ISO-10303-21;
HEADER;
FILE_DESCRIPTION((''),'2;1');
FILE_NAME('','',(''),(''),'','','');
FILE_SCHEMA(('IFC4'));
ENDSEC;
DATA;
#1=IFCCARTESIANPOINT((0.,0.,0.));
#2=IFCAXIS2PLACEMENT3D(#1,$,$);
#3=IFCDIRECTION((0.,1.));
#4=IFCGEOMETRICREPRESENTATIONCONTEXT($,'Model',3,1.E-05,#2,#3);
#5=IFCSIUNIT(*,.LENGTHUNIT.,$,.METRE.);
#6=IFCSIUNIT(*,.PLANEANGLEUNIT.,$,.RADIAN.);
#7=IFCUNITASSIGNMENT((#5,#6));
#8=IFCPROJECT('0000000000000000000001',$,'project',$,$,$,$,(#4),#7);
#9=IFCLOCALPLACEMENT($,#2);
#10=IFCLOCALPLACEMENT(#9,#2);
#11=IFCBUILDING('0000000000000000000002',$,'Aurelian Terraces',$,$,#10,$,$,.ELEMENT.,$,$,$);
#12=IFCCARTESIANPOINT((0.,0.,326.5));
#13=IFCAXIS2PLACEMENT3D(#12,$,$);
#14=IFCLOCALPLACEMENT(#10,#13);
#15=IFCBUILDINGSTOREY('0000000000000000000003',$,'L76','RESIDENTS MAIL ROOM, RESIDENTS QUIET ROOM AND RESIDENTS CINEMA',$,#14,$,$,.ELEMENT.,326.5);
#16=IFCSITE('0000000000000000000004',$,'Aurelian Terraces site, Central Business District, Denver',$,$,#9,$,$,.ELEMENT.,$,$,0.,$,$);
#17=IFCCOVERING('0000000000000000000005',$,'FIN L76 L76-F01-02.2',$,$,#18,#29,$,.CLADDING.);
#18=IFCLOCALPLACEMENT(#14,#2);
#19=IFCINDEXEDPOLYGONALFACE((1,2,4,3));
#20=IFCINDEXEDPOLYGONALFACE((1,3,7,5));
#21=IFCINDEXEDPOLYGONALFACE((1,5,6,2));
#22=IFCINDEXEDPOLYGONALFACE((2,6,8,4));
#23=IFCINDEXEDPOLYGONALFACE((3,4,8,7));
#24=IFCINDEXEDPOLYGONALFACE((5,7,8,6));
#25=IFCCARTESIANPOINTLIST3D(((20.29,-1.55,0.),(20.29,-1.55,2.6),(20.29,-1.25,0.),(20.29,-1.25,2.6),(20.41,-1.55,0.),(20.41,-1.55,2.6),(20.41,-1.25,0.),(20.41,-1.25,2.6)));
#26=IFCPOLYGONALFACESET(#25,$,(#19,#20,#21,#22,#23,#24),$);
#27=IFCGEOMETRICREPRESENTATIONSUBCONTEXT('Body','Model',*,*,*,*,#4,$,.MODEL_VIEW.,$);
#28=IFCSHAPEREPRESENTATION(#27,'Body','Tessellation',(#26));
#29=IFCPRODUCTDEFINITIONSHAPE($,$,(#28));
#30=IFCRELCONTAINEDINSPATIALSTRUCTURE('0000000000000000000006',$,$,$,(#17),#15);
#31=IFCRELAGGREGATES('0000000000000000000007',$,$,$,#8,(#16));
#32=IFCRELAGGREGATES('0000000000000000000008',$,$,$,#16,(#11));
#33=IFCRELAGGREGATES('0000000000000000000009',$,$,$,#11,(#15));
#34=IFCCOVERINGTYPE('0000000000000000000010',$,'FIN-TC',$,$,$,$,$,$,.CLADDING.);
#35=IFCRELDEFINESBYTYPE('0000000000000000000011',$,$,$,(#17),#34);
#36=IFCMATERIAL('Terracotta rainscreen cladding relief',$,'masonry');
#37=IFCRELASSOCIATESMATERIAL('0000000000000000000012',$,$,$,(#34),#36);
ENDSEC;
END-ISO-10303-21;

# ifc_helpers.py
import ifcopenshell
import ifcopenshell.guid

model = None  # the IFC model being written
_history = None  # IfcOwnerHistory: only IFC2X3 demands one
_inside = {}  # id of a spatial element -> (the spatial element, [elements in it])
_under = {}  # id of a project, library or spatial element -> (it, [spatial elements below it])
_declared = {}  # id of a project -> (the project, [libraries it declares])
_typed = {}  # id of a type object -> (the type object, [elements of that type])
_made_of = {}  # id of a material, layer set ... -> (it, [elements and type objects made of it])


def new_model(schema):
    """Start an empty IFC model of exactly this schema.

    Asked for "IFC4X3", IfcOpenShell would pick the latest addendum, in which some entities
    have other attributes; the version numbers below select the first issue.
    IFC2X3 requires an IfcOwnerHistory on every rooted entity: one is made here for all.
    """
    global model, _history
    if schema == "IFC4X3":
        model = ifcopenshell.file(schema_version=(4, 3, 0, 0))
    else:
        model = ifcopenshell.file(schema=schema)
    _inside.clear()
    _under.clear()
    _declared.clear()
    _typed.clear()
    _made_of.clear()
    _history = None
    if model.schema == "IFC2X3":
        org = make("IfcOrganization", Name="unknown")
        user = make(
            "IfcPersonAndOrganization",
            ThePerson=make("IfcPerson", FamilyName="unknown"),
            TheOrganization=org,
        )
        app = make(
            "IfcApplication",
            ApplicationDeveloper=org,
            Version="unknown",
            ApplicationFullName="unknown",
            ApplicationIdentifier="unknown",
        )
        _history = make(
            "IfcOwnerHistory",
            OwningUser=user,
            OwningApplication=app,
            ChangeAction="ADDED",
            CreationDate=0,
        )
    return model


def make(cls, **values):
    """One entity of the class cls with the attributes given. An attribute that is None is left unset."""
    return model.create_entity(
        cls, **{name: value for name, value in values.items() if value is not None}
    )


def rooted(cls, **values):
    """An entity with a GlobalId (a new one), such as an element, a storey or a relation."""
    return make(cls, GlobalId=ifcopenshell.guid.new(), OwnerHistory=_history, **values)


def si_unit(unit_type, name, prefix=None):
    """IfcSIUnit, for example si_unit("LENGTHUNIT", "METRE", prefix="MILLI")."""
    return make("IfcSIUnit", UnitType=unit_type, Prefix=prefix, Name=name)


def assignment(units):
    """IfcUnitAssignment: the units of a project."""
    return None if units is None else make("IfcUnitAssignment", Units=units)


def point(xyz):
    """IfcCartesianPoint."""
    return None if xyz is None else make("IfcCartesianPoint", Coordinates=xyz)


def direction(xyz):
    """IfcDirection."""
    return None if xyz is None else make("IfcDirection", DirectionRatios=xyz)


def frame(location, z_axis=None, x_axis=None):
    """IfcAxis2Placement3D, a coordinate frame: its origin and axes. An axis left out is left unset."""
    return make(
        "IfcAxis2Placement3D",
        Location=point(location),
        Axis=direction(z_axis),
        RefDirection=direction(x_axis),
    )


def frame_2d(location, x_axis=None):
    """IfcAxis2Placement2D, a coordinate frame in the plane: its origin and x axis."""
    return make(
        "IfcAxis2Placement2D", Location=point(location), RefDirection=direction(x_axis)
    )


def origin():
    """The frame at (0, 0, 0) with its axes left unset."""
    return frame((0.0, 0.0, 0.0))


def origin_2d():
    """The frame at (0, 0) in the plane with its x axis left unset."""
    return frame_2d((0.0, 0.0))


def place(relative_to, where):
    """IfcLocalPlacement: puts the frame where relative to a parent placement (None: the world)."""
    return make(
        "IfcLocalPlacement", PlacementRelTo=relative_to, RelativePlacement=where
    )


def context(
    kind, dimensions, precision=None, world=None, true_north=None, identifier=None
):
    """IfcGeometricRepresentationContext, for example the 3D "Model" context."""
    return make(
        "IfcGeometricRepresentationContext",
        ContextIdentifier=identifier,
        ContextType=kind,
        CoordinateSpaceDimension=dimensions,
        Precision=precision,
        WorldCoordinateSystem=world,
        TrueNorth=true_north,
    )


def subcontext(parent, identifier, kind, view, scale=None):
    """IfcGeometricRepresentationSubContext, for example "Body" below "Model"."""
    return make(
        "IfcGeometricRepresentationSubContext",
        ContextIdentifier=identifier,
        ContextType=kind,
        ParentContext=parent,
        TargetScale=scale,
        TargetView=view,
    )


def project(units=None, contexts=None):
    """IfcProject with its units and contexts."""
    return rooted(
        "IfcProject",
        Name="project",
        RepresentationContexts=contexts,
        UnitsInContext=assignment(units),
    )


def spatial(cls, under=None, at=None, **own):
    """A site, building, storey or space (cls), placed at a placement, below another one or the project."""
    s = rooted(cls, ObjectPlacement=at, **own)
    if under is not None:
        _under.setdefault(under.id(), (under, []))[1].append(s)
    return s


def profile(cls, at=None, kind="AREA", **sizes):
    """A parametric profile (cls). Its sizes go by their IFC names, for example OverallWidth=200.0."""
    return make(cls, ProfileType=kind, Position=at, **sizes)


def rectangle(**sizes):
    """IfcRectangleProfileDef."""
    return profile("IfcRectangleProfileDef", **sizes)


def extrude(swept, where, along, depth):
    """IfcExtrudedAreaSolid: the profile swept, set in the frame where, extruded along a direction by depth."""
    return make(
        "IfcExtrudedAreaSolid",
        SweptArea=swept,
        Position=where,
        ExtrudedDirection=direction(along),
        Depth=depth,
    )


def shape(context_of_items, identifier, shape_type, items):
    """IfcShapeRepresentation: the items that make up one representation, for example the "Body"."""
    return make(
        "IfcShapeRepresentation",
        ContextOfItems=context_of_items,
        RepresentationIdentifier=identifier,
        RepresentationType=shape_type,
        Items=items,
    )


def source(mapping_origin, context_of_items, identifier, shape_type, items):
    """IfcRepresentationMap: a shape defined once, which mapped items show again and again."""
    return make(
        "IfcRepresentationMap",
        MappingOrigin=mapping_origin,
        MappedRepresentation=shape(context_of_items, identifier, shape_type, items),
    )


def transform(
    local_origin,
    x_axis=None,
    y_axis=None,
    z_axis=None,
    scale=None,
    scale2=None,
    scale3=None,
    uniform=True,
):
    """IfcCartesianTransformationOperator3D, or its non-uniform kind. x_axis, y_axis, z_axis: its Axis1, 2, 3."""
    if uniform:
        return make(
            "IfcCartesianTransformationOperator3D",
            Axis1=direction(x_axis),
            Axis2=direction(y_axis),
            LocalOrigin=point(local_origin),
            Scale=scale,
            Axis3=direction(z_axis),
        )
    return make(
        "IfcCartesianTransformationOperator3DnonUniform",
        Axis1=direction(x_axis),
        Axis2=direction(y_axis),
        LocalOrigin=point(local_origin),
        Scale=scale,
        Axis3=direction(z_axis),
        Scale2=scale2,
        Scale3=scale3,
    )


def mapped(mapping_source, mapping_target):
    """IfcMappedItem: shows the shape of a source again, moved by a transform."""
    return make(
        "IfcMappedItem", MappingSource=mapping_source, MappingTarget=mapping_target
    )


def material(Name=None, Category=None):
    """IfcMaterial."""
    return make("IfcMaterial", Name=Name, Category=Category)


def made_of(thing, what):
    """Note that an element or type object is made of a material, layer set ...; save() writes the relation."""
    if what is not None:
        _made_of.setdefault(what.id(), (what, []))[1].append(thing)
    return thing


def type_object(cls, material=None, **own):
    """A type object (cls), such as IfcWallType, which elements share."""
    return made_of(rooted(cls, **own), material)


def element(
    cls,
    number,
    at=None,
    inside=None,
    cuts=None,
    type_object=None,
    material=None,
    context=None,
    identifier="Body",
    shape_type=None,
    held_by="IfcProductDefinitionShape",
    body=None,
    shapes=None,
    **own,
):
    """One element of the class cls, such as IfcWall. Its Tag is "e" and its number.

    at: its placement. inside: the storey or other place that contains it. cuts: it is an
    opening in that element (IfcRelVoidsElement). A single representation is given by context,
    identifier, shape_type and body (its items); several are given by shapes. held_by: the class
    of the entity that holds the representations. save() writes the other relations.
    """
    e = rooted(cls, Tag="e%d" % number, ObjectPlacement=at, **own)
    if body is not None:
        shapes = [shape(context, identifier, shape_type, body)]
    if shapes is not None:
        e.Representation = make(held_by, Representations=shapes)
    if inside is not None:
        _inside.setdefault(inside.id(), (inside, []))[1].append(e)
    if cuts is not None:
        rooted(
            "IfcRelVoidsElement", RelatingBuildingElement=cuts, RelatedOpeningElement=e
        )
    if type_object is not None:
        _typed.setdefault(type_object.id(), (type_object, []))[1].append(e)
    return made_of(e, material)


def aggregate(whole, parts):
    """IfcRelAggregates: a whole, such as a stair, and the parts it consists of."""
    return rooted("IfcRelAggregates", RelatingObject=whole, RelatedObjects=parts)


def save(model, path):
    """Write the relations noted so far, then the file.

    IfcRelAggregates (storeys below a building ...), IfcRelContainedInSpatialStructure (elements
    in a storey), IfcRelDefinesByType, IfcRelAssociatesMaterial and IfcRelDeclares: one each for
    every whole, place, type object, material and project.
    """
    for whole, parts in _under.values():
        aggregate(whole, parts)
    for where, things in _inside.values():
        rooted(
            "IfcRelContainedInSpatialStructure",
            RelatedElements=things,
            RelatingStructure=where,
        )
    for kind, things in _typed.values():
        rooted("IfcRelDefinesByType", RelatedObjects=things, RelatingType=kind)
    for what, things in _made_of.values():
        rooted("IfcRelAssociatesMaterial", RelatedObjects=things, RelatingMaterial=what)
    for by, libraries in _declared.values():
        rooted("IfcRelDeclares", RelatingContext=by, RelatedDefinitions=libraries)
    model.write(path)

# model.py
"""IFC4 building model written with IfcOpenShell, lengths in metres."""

from ifc_helpers import new_model, si_unit, direction, frame, origin, origin_2d, place, context, subcontext, project, spatial, rectangle, extrude, source, transform, mapped, material, type_object, element, save


model = new_model("IFC4")

# Units and contexts
model_context = context("Model", 3, precision=1e-05, world=origin(), true_north=direction((0.0, 1.0)))
body_context = subcontext(model_context, "Body", "Model", "MODEL_VIEW")
ifc_project = project(units=[si_unit("LENGTHUNIT", "METRE"), si_unit("PLANEANGLEUNIT", "RADIAN")], contexts=[model_context])

# Site, building, storey
site_placement = place(None, origin())
site = spatial("IfcSite", under=ifc_project, at=site_placement, Name="Aurelian Terraces site, Central Business District, Denver", CompositionType="ELEMENT", RefElevation=0.0)
building_placement = place(site_placement, origin())
building = spatial("IfcBuilding", under=site, at=building_placement, Name="Aurelian Terraces", CompositionType="ELEMENT")
storey_placement = place(building_placement, frame((0.0, 0.0, 326.5)))
storey = spatial("IfcBuildingStorey", under=building, at=storey_placement, Name="L76", Description="RESIDENTS MAIL ROOM, RESIDENTS QUIET ROOM AND RESIDENTS CINEMA", CompositionType="ELEMENT", Elevation=326.5)

# Covering
ifc_material_1 = material(Name="Terracotta rainscreen cladding relief", Category="masonry")
covering_type_1 = type_object("IfcCoveringType", Name="FIN-TC", PredefinedType="CLADDING", material=ifc_material_1)
shared_shape_1 = source(origin(), body_context, "Body", "SweptSolid", [
    extrude(rectangle(XDim=0.12, YDim=0.3, at=origin_2d()), origin(), (0.0, 0.0, 1.0), 2.6),
])
covering_1_placement = place(storey_placement, frame((20.35, -1.4, 0.0), z_axis=(0.0, 0.0, 1.0), x_axis=(1.0, 0.0, 0.0)))
element("IfcCovering", 1, at=covering_1_placement, inside=storey, type_object=covering_type_1, Name="FIN L76 L76-F01-02.2", PredefinedType="CLADDING", context=body_context, shape_type="MappedRepresentation", body=[
    mapped(shared_shape_1, transform((0.0, 0.0, 0.0), scale=1.0)),
])

save(model, "model.ifc")
